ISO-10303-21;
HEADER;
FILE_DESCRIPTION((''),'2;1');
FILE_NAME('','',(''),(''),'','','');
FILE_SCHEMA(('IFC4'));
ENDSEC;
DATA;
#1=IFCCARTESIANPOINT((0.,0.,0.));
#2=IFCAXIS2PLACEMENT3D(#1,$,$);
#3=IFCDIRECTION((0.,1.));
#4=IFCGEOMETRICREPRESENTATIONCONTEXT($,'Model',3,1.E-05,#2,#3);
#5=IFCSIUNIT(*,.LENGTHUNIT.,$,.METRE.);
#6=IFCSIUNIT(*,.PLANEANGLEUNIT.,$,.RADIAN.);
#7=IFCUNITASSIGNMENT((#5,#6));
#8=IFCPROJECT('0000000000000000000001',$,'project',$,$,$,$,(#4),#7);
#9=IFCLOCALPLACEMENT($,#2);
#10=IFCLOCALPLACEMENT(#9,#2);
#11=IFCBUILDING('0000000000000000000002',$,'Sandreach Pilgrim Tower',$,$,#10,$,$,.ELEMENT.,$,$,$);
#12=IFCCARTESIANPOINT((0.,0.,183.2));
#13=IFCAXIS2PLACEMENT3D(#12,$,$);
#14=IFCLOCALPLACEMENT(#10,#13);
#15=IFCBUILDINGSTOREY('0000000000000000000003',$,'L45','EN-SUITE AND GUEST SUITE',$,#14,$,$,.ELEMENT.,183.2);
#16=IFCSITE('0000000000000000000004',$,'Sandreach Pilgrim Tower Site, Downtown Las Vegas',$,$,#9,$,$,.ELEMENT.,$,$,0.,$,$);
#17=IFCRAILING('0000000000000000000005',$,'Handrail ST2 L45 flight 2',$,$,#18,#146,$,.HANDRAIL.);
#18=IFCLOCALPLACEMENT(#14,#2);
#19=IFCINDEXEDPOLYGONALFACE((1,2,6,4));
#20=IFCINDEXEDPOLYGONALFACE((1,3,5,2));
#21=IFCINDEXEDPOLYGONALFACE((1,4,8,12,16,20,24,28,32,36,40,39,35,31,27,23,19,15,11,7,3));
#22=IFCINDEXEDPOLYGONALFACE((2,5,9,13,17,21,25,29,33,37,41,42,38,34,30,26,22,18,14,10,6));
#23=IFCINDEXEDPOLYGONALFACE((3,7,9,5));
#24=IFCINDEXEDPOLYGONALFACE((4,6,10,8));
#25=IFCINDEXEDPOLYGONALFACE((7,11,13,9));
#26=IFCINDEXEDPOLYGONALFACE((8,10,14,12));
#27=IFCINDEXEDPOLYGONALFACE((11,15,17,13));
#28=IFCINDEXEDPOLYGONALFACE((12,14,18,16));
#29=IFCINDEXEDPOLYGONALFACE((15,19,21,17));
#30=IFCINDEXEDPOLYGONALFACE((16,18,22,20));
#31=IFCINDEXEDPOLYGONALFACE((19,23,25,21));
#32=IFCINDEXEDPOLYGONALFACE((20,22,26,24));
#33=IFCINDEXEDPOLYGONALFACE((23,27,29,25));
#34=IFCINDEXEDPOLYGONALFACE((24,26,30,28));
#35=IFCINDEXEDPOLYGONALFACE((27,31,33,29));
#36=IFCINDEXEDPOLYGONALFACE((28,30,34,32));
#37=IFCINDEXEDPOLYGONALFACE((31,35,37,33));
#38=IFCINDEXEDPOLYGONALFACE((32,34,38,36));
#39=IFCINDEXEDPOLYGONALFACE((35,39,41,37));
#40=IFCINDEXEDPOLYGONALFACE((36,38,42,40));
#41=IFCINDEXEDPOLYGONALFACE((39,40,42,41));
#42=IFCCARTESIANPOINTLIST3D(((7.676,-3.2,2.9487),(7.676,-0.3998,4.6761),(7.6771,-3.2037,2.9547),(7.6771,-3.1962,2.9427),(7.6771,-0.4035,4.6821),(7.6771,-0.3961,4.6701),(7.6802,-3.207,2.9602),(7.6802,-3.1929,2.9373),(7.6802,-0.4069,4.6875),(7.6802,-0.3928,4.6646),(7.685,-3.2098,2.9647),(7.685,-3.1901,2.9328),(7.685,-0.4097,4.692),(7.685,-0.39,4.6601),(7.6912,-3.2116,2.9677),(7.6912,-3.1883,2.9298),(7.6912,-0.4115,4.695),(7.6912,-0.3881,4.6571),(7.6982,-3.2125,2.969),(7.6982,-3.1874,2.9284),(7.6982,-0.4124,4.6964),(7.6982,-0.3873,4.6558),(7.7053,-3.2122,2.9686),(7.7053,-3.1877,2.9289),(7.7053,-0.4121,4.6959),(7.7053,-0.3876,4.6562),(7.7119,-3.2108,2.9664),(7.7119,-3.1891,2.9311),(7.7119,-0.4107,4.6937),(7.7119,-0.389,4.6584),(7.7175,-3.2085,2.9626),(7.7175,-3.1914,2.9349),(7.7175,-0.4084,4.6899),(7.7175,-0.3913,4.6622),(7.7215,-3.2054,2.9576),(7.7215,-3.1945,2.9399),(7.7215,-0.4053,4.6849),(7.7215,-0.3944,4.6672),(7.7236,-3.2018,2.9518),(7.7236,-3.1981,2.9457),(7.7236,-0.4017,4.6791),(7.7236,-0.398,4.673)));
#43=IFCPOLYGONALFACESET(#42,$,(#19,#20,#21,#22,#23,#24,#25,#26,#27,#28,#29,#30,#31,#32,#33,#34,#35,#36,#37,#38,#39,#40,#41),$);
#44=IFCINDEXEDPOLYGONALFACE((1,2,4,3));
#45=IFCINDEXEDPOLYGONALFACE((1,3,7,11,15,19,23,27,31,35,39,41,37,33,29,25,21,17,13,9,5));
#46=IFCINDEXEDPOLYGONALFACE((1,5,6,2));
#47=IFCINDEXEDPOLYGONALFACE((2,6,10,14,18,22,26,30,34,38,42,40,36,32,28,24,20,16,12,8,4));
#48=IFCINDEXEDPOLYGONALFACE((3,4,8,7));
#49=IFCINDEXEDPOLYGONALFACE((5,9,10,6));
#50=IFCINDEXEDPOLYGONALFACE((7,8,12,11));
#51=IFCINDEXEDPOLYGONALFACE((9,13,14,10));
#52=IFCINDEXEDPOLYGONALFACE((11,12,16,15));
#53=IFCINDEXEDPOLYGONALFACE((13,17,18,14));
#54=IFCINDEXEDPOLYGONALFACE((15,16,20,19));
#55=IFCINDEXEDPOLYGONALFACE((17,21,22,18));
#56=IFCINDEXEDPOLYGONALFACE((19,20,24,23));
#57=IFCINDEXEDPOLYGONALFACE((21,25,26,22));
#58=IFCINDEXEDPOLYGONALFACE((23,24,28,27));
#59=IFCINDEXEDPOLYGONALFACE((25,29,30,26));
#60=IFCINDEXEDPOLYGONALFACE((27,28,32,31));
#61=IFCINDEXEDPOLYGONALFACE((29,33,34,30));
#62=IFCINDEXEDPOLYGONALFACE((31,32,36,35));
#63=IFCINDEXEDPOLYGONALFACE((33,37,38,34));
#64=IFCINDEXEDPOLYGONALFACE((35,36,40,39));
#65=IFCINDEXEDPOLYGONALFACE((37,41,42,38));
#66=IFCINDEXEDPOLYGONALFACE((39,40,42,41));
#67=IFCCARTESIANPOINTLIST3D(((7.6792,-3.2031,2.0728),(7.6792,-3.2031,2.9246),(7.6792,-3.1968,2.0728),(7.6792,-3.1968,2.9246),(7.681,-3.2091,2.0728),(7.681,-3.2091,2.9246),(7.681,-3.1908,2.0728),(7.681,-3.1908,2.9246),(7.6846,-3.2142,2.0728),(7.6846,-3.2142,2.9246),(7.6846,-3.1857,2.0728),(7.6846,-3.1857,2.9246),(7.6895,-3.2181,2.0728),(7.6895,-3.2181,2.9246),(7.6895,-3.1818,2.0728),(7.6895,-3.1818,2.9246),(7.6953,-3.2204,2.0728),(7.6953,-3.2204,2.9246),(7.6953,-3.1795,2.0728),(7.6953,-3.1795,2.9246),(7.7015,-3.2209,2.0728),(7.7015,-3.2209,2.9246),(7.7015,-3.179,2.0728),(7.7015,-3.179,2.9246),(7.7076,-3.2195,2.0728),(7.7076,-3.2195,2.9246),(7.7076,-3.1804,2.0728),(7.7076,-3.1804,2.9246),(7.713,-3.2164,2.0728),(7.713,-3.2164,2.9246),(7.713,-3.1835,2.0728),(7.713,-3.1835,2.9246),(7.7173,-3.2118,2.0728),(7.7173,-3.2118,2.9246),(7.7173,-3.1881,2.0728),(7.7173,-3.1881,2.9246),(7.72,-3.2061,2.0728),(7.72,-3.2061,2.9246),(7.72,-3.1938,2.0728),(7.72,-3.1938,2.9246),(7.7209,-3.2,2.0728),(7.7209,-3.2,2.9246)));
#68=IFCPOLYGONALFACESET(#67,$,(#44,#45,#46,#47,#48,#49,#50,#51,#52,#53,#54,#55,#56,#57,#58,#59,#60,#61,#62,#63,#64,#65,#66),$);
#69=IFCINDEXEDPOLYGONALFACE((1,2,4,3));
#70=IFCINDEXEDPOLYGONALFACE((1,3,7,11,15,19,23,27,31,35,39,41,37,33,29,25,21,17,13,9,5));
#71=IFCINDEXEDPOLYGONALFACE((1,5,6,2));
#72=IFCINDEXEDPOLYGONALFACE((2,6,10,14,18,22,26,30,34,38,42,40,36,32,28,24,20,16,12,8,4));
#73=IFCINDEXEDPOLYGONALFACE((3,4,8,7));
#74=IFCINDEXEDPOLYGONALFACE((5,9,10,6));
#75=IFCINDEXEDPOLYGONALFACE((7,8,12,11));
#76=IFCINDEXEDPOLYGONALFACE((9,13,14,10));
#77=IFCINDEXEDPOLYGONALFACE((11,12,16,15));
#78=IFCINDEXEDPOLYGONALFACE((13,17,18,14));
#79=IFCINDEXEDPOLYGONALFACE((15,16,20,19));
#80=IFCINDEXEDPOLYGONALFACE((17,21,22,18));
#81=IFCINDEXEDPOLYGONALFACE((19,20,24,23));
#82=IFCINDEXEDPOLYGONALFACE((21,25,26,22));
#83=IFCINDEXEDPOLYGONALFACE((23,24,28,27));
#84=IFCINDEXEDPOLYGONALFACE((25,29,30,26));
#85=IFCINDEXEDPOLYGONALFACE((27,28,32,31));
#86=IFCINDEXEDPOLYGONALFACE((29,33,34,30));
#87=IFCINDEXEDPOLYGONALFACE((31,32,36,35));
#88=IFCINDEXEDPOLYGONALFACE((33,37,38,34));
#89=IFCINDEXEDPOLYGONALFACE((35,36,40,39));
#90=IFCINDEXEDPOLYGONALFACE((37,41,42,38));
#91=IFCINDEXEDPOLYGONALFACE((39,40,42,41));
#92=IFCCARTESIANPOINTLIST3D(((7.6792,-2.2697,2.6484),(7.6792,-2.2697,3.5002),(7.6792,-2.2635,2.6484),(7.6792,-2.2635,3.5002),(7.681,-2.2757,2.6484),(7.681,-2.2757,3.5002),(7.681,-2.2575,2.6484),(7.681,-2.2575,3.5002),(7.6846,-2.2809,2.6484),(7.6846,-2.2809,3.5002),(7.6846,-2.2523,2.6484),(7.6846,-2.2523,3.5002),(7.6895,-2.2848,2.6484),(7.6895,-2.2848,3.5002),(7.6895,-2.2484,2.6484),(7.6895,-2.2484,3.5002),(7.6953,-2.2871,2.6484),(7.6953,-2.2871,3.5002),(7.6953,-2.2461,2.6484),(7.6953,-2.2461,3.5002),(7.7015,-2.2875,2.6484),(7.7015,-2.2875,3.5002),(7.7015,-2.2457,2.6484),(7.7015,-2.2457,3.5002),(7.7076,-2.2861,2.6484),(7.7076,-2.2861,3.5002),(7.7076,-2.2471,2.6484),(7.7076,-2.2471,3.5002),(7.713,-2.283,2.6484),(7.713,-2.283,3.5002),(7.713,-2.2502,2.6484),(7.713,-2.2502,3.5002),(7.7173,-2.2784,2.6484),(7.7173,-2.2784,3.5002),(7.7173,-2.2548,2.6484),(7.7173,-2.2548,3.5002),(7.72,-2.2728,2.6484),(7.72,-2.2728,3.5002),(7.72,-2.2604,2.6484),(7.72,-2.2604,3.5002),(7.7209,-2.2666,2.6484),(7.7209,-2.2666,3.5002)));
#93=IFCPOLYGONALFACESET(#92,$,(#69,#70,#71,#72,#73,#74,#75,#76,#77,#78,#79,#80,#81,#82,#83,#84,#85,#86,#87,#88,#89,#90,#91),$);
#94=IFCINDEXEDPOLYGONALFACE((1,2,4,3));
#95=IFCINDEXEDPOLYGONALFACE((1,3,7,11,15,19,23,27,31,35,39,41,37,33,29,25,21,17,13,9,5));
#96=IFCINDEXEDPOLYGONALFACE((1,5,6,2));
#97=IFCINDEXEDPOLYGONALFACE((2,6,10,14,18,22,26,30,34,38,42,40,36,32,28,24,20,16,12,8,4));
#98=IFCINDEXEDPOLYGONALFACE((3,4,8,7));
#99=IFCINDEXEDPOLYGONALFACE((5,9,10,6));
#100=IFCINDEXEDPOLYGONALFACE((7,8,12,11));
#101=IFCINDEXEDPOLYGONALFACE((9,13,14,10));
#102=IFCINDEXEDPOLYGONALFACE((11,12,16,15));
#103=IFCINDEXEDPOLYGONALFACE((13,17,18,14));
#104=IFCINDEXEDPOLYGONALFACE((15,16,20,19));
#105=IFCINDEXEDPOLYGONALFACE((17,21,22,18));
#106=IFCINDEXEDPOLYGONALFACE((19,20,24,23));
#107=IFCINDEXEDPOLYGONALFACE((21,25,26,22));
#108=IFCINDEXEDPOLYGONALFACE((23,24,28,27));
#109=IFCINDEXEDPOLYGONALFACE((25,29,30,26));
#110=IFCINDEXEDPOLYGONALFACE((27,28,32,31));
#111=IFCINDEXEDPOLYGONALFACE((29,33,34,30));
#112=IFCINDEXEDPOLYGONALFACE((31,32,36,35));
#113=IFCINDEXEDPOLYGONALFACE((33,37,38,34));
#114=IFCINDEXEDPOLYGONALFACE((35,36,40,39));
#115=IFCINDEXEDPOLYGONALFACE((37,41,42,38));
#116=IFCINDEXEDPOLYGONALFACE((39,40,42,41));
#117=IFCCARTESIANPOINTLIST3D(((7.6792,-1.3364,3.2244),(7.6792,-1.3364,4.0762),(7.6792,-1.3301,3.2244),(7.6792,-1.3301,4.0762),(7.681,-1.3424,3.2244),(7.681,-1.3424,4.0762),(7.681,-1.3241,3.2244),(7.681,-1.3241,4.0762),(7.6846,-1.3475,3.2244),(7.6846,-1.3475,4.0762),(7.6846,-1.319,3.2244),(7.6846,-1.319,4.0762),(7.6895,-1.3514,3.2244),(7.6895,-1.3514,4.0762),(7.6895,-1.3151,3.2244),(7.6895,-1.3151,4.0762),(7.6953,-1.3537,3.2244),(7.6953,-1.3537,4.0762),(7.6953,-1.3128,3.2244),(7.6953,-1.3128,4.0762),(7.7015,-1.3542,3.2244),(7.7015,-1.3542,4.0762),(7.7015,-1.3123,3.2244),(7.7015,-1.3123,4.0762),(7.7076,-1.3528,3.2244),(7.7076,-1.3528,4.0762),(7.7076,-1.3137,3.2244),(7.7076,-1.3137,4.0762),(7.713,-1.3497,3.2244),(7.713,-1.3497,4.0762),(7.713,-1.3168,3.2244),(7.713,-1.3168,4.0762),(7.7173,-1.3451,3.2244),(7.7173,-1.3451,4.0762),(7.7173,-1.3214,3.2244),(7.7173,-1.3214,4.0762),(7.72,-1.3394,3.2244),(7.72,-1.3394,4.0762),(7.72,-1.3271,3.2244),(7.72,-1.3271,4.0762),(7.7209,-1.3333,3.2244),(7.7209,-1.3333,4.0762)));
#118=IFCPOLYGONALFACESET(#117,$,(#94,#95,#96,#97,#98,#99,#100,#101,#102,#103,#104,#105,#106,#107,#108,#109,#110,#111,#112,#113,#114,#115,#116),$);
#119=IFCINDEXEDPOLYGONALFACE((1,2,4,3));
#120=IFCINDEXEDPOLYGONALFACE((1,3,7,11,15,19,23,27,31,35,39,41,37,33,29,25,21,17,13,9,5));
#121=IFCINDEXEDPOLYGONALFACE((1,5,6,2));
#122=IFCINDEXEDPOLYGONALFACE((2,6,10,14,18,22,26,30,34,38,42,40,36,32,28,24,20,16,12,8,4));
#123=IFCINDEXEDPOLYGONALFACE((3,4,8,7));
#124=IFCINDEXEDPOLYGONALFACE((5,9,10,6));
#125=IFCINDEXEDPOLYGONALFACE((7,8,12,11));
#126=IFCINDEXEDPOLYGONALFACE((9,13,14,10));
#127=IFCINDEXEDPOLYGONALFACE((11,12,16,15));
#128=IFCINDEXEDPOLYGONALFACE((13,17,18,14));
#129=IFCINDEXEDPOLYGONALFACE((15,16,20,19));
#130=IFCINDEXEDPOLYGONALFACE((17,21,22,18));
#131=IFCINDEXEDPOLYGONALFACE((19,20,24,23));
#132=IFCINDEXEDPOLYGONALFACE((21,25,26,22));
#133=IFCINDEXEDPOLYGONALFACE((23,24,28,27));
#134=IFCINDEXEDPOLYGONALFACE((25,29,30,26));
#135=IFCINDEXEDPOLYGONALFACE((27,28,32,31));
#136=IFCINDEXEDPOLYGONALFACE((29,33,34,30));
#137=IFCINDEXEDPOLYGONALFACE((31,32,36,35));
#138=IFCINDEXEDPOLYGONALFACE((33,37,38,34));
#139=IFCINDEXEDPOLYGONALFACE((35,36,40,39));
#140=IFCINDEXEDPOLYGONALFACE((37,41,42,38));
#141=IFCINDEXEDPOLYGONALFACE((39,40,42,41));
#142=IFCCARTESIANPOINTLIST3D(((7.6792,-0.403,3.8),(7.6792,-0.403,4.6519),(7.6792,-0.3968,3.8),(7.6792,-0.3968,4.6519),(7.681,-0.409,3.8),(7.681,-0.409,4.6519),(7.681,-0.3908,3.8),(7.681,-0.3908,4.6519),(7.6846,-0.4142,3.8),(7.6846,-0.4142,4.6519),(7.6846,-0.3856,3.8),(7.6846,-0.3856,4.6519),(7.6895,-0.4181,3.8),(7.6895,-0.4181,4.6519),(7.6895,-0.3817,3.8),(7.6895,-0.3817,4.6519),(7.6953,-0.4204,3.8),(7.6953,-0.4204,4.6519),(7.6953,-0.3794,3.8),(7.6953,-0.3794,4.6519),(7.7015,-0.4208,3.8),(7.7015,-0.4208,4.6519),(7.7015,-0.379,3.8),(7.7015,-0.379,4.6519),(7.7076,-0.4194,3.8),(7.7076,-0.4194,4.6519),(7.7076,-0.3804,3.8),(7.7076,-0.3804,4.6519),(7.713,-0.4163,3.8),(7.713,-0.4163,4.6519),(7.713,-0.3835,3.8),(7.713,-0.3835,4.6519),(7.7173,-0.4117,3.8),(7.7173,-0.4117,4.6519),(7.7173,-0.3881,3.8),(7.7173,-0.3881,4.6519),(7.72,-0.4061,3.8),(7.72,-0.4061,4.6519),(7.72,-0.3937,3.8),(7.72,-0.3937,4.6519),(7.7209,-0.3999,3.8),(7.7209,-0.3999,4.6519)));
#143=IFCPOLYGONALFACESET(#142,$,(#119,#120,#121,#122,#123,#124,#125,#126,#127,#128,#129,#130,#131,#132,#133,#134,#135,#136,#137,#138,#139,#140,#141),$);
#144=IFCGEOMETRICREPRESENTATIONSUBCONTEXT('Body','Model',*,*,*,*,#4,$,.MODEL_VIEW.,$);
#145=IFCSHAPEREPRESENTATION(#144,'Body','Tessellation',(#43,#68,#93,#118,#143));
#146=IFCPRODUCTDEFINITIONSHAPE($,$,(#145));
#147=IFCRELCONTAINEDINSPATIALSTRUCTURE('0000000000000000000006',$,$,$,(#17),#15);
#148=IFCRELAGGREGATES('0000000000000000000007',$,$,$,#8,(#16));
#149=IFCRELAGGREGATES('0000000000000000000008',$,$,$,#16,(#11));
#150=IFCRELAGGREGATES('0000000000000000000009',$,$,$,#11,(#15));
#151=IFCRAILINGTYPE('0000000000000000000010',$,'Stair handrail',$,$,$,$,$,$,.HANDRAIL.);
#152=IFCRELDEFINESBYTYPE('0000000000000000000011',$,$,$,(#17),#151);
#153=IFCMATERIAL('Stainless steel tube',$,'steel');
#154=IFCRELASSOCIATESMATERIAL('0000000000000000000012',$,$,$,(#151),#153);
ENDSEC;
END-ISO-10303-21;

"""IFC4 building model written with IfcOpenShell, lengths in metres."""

from ifc_helpers import new_model, si_unit, direction, frame, origin, origin_2d, place, context, subcontext, project, spatial, circle, extrude, material, type_object, element, save


model = new_model("IFC4")

# Units and contexts
model_context = context("Model", 3, precision=1e-05, world=origin(), true_north=direction((0.0, 1.0)))
body_context = subcontext(model_context, "Body", "Model", "MODEL_VIEW")
ifc_project = project(units=[si_unit("LENGTHUNIT", "METRE"), si_unit("PLANEANGLEUNIT", "RADIAN")], contexts=[model_context])

# Site, building, storey
site_placement = place(None, origin())
site = spatial("IfcSite", under=ifc_project, at=site_placement, Name="Sandreach Pilgrim Tower Site, Downtown Las Vegas", CompositionType="ELEMENT", RefElevation=0.0)
building_placement = place(site_placement, origin())
building = spatial("IfcBuilding", under=site, at=building_placement, Name="Sandreach Pilgrim Tower", CompositionType="ELEMENT")
storey_placement = place(building_placement, frame((0.0, 0.0, 183.2)))
storey = spatial("IfcBuildingStorey", under=building, at=storey_placement, Name="L45", Description="EN-SUITE AND GUEST SUITE", CompositionType="ELEMENT", Elevation=183.2)

# Railing
ifc_material_1 = material(Name="Stainless steel tube", Category="steel")
railing_type = type_object("IfcRailingType", Name="Stair handrail", PredefinedType="HANDRAIL", material=ifc_material_1)
for number, where, name in (
    (1, (7.7, -3.2, 2.0728), "Handrail ST2 L45 flight 2"),
):
    element("IfcRailing", number, at=place(storey_placement, frame(where)), inside=storey, type_object=railing_type, Name=name, PredefinedType="HANDRAIL", context=body_context, shape_type="SweptSolid", body=[
        extrude(circle(Radius=0.0239, at=origin_2d()), frame((0.0, 0.0, 0.876), z_axis=(0.0, 0.85109, 0.52502), x_axis=(-1.0, 0.0, 0.0)), (0.0, 0.0, 1.0), 3.29),
        extrude(circle(Radius=0.021, at=origin_2d()), origin(), (0.0, 0.0, 1.0), 0.8518),
        extrude(circle(Radius=0.021, at=origin_2d()), frame((0.0, 0.9333, 0.5757)), (0.0, 0.0, 1.0), 0.8518),
        extrude(circle(Radius=0.021, at=origin_2d()), frame((0.0, 1.8667, 1.1516)), (0.0, 0.0, 1.0), 0.8518),
        extrude(circle(Radius=0.021, at=origin_2d()), frame((0.0, 2.8, 1.7273)), (0.0, 0.0, 1.0), 0.8518),
    ])

save(model, "model.ifc")
